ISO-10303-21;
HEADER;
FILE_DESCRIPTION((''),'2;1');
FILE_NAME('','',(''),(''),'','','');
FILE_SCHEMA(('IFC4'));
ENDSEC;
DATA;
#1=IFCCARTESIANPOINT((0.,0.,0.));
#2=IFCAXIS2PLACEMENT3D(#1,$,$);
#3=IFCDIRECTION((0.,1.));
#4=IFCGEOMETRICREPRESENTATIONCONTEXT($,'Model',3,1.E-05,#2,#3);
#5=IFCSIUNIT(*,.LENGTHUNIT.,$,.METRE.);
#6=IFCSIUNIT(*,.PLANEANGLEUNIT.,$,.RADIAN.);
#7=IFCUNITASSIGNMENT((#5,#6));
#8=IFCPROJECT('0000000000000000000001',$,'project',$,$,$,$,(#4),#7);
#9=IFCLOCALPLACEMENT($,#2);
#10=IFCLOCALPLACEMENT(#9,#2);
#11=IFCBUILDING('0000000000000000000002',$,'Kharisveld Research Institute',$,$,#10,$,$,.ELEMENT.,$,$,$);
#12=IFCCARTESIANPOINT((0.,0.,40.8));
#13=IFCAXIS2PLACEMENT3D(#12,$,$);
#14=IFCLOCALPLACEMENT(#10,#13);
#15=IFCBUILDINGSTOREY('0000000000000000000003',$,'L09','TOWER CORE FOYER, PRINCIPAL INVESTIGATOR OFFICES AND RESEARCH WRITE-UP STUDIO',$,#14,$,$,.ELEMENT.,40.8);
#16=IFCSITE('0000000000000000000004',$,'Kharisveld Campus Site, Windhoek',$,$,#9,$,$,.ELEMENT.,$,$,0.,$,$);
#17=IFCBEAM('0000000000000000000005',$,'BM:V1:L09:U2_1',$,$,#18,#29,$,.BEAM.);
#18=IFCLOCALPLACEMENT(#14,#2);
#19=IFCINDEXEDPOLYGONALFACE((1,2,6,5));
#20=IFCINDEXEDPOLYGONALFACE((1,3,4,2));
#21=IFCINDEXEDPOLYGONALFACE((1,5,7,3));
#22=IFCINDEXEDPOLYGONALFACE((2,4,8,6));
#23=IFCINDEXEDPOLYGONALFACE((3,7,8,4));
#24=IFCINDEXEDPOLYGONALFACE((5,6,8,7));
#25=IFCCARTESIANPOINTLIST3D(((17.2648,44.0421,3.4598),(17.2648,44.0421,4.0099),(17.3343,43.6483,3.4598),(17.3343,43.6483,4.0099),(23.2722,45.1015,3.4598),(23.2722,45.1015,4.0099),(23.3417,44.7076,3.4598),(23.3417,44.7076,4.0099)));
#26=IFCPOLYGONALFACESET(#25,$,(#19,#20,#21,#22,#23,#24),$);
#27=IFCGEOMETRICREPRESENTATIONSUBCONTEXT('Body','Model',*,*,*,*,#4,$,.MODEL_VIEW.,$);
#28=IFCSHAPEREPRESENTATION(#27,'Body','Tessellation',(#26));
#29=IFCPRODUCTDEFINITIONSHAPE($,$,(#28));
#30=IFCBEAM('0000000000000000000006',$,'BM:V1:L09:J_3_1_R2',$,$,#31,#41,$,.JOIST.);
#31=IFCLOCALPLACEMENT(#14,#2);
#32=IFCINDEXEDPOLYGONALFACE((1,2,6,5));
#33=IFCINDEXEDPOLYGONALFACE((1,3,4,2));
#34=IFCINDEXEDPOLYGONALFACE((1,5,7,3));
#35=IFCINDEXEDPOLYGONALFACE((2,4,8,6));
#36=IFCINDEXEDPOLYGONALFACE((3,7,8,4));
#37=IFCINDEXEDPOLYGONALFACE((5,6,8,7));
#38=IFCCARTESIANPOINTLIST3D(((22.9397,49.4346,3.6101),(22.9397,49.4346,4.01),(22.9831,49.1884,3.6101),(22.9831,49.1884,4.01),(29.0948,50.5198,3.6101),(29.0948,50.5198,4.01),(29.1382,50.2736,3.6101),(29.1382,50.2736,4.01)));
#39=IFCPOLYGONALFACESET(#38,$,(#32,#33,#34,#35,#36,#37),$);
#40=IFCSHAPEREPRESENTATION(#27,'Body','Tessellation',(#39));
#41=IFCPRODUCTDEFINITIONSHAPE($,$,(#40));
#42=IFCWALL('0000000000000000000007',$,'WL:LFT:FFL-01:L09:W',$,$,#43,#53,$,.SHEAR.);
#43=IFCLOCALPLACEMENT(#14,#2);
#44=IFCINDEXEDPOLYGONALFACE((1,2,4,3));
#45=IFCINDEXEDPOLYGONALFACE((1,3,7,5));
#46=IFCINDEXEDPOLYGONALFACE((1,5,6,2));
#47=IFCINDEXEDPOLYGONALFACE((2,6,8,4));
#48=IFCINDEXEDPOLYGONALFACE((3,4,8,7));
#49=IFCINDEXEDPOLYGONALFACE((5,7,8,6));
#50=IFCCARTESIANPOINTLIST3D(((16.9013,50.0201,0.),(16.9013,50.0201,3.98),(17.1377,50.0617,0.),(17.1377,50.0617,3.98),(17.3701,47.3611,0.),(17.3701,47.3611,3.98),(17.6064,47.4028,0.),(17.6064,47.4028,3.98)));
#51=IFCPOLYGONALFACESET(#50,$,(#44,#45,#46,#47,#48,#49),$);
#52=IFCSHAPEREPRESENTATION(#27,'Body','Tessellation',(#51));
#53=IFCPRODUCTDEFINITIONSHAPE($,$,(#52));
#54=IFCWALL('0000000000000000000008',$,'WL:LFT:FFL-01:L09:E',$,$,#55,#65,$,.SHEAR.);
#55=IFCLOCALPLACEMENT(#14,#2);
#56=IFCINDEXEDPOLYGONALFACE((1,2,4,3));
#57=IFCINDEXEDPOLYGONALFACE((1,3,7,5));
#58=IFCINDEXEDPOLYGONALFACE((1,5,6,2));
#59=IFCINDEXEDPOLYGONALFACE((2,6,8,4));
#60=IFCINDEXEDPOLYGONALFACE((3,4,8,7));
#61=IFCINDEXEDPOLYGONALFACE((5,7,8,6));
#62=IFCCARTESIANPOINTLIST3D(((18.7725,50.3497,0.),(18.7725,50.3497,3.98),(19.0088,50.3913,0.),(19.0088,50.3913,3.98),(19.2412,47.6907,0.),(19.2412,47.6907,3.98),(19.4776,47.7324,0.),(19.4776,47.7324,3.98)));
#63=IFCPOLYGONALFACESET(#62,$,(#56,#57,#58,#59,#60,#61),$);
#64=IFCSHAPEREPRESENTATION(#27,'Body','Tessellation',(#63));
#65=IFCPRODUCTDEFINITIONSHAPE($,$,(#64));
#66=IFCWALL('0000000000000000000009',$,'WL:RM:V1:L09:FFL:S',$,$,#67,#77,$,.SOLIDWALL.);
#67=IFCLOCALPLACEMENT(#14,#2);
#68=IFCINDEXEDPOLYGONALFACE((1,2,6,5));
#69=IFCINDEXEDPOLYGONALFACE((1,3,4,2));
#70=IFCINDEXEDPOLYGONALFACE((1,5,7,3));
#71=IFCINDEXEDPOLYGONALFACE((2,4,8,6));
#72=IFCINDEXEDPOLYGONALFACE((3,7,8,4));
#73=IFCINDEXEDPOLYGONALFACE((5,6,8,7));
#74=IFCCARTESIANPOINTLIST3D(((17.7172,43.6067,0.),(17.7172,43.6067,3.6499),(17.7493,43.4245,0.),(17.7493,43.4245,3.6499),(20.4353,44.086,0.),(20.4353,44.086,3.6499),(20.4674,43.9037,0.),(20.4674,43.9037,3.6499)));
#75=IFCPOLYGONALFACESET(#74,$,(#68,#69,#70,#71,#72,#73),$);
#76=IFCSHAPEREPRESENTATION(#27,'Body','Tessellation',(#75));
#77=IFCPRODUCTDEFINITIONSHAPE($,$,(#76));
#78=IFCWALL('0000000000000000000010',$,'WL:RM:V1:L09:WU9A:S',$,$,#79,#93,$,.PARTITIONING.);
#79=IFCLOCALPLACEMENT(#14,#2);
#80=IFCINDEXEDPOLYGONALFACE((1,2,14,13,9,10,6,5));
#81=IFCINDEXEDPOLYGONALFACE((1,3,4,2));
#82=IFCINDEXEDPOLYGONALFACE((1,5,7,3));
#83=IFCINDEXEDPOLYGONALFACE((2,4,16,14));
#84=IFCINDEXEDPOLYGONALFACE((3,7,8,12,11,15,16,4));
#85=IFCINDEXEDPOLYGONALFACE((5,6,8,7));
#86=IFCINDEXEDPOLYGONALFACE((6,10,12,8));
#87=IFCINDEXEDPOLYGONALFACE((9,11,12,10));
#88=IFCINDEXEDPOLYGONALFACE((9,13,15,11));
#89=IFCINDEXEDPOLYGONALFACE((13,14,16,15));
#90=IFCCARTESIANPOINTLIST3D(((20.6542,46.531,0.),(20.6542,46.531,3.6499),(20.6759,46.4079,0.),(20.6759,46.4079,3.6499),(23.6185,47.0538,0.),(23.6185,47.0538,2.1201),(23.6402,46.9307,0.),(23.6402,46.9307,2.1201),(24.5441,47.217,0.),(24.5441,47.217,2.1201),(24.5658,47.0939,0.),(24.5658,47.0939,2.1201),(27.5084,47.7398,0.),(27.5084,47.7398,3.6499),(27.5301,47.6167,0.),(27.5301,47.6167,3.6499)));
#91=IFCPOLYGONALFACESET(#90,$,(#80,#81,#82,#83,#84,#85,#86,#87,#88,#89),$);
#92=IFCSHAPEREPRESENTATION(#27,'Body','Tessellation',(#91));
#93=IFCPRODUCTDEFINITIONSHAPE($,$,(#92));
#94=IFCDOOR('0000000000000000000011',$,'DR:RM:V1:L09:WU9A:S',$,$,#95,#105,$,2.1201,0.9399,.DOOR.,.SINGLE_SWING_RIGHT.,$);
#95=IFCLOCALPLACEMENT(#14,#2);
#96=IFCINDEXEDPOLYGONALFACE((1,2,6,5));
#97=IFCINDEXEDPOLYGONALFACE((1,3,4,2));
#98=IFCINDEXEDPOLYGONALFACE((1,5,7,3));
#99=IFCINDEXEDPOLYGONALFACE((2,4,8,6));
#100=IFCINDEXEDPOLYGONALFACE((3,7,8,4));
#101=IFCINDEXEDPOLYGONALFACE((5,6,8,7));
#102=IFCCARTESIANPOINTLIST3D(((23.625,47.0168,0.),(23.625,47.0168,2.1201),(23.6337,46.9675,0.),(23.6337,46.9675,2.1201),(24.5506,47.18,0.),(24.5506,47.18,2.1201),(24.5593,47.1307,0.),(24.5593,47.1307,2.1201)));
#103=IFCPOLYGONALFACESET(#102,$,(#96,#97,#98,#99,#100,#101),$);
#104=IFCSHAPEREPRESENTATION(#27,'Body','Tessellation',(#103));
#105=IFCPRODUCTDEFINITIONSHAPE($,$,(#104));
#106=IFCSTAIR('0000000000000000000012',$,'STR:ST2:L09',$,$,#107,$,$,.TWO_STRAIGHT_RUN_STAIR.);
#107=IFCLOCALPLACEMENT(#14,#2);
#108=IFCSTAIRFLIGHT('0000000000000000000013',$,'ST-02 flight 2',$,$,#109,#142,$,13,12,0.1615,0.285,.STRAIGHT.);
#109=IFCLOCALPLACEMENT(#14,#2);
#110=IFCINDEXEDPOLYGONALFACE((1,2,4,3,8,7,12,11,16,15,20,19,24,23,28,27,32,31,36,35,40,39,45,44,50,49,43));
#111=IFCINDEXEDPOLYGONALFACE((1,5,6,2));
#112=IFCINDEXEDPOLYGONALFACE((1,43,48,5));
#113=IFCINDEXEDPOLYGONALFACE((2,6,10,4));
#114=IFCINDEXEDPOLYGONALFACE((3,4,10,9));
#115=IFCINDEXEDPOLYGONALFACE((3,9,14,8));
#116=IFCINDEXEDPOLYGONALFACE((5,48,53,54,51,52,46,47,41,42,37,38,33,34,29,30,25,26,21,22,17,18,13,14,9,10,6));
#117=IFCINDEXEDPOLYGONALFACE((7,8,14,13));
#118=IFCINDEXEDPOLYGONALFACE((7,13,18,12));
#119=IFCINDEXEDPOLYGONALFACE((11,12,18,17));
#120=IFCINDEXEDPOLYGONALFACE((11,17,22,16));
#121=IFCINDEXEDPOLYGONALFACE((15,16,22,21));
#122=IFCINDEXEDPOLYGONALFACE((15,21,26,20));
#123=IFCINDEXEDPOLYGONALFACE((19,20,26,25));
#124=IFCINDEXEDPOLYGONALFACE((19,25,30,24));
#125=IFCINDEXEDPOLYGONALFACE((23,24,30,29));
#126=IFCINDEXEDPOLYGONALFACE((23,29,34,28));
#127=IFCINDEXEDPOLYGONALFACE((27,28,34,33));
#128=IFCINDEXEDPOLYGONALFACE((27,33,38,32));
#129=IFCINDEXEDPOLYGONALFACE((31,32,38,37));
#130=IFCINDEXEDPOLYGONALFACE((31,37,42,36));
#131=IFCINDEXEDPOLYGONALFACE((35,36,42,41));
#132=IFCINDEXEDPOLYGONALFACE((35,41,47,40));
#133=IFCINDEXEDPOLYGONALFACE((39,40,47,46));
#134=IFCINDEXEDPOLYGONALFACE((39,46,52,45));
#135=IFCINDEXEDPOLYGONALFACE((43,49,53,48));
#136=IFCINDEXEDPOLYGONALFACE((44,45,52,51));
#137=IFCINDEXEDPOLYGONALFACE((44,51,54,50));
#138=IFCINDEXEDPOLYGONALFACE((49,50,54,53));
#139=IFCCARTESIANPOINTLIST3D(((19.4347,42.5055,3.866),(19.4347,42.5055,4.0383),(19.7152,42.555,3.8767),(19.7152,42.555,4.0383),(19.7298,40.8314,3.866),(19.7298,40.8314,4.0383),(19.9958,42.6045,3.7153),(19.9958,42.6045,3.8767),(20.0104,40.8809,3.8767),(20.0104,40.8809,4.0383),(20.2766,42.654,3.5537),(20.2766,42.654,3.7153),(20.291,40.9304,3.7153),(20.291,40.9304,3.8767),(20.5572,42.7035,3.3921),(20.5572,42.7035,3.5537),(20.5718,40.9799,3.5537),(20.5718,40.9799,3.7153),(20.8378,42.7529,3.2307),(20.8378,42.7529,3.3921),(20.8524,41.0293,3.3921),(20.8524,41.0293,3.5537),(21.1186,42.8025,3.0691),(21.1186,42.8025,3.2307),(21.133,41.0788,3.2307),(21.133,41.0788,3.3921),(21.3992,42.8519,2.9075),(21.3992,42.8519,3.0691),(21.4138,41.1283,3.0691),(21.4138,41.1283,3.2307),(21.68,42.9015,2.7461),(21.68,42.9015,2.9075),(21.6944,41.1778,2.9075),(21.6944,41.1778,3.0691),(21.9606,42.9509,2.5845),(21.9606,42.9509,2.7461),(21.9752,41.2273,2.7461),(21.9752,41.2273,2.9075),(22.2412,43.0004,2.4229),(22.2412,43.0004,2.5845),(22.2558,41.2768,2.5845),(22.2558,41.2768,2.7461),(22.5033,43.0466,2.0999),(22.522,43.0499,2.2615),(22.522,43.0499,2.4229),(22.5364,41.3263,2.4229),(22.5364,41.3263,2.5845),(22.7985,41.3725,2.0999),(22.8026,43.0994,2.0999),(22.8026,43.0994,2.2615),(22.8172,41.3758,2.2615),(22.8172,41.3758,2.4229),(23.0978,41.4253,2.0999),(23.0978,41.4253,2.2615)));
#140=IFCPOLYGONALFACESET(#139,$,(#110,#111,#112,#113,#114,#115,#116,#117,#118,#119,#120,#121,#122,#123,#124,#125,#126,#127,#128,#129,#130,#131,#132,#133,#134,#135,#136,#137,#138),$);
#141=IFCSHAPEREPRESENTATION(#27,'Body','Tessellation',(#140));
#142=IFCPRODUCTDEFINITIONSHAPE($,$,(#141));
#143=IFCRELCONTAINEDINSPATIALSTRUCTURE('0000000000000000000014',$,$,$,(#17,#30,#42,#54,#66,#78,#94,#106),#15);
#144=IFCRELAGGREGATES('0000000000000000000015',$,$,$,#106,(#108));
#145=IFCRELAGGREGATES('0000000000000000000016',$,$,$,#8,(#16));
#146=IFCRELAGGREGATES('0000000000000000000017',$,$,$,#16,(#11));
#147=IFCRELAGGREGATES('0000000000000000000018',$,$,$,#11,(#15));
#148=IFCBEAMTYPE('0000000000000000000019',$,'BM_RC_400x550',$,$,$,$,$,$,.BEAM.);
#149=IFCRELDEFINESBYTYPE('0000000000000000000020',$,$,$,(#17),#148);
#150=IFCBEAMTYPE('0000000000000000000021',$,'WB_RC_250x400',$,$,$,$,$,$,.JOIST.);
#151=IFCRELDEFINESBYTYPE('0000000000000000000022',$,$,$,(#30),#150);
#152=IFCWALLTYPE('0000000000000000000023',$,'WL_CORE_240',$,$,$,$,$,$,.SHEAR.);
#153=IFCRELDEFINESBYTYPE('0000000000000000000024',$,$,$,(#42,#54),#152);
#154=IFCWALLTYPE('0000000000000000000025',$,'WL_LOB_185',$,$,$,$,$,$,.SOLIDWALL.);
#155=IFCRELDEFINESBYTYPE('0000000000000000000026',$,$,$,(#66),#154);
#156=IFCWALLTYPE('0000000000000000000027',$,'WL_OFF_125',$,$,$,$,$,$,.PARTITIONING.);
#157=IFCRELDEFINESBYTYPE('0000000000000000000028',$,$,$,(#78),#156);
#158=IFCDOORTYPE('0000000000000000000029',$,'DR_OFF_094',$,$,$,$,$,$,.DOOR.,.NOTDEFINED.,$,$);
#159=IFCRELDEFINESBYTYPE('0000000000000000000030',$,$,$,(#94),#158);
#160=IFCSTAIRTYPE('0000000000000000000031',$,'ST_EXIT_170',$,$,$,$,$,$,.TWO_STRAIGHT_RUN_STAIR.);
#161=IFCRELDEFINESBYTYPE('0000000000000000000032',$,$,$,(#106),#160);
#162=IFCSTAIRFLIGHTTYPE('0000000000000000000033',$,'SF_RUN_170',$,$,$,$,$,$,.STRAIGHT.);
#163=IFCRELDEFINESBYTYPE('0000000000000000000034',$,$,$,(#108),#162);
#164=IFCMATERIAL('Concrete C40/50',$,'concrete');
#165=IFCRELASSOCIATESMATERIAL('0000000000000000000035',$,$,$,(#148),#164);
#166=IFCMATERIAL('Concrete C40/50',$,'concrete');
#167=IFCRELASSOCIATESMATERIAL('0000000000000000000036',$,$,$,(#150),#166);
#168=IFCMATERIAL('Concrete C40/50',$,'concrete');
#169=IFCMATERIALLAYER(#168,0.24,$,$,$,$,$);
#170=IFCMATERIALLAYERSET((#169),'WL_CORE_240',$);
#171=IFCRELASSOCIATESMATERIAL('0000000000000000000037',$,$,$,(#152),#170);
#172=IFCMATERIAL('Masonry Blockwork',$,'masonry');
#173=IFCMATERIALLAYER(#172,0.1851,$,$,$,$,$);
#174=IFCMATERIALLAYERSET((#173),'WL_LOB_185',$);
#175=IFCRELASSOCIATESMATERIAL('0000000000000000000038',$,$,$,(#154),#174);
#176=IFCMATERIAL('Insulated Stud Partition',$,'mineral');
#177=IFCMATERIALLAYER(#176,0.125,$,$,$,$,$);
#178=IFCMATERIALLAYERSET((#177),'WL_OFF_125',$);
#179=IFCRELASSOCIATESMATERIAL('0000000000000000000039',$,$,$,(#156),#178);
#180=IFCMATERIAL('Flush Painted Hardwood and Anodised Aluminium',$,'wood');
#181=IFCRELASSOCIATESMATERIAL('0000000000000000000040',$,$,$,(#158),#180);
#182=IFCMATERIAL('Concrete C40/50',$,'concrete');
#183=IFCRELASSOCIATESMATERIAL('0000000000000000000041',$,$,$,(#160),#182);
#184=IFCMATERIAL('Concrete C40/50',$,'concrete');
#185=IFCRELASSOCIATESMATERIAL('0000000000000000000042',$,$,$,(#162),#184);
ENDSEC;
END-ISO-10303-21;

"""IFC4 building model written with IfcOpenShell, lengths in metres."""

from ifc_helpers import new_model, si_unit, direction, frame, frame_2d, origin, origin_2d, place, context, subcontext, project, spatial, polyline, rectangle, outline, extrude, material, layer, layer_set, material_profile, profile_set, type_object, element, fill, aggregate, save


model = new_model("IFC4")

# Units and contexts
model_context = context("Model", 3, precision=1e-05, world=origin(), true_north=direction((0.0, 1.0)))
body_context = subcontext(model_context, "Body", "Model", "MODEL_VIEW")
ifc_project = project(units=[si_unit("LENGTHUNIT", "METRE"), si_unit("PLANEANGLEUNIT", "RADIAN")], contexts=[model_context])

# Site, building, storey
site_placement = place(None, origin())
site = spatial("IfcSite", under=ifc_project, at=site_placement, Name="Kharisveld Campus Site, Windhoek", CompositionType="ELEMENT", RefElevation=0.0)
building_placement = place(site_placement, origin())
building = spatial("IfcBuilding", under=site, at=building_placement, Name="Kharisveld Research Institute", CompositionType="ELEMENT")
storey_placement = place(building_placement, frame((0.0, 0.0, 40.8)))
storey = spatial("IfcBuildingStorey", under=building, at=storey_placement, Name="L09", Description="TOWER CORE FOYER, PRINCIPAL INVESTIGATOR OFFICES AND RESEARCH WRITE-UP STUDIO", CompositionType="ELEMENT", Elevation=40.8)

# Beams
ifc_material_1 = material(Name="Concrete C40/50", Category="concrete")
ifc_material_profile_1 = material_profile(ifc_material_1, rectangle(XDim=0.3999, YDim=0.55, at=origin_2d()))
ifc_profile_set_1 = profile_set([ifc_material_profile_1], Name="Concrete C40/50")
beam_type_1 = type_object("IfcBeamType", Name="BM_RC_400x550", PredefinedType="BEAM", material=ifc_profile_set_1)
beam_1_placement = place(storey_placement, frame((17.2996, 43.8452, 3.7349), z_axis=(0.984806, 0.17366, 0.0), x_axis=(-0.17366, 0.984806, 0.0)))
element("IfcBeam", 1, at=beam_1_placement, inside=storey, type_object=beam_type_1, Name="BM:V1:L09:U2_1", PredefinedType="BEAM", context=body_context, shape_type="SweptSolid", body=[
    extrude(rectangle(XDim=0.3999, YDim=0.55, at=origin_2d()), origin(), (0.0, 0.0, 1.0), 6.1001),
])
ifc_material_2 = material(Name="Concrete C40/50", Category="concrete")
ifc_material_profile_2 = material_profile(ifc_material_2, rectangle(XDim=0.25, YDim=0.3999, at=origin_2d()))
ifc_profile_set_2 = profile_set([ifc_material_profile_2], Name="Concrete C40/50")
beam_type_2 = type_object("IfcBeamType", Name="WB_RC_250x400", PredefinedType="JOIST", material=ifc_profile_set_2)
beam_2_placement = place(storey_placement, frame((22.9614, 49.3115, 3.8101), z_axis=(0.98481, 0.173634, 0.0), x_axis=(-0.173634, 0.98481, 0.0)))
element("IfcBeam", 2, at=beam_2_placement, inside=storey, type_object=beam_type_2, Name="BM:V1:L09:J_3_1_R2", PredefinedType="JOIST", context=body_context, shape_type="SweptSolid", body=[
    extrude(rectangle(XDim=0.25, YDim=0.3999, at=origin_2d()), origin(), (0.0, 0.0, 1.0), 6.25),
])

# Walls
ifc_material_3 = material(Name="Concrete C40/50", Category="concrete")
ifc_layer_1 = layer(ifc_material_3, 0.24)
ifc_layer_set_1 = layer_set([ifc_layer_1], Name="WL_CORE_240")
wall_type_1 = type_object("IfcWallType", Name="WL_CORE_240", PredefinedType="SHEAR", material=ifc_layer_set_1)
for number, where, z_axis, x_axis, name in (
    (3, (17.4883, 47.3818, 0.0), (0.0, 0.0, 1.0), (-0.173615, 0.984814, 0.0), "WL:LFT:FFL-01:L09:W"),
    (4, (18.8906, 50.3706, 0.0), (0.0, 0.0, 1.0), (0.173615, -0.984814, 0.0), "WL:LFT:FFL-01:L09:E"),
):
    element("IfcWall", number, at=place(storey_placement, frame(where, z_axis=z_axis, x_axis=x_axis)), inside=storey, type_object=wall_type_1, Name=name, PredefinedType="SHEAR", context=body_context, shape_type="SweptSolid", body=[
        extrude(rectangle(XDim=2.7, YDim=0.24, at=frame_2d((1.3501, 0.0))), origin(), (0.0, 0.0, 1.0), 3.98),
    ])

# Wall
ifc_material_4 = material(Name="Masonry Blockwork", Category="masonry")
ifc_layer_2 = layer(ifc_material_4, 0.1851)
ifc_layer_set_2 = layer_set([ifc_layer_2], Name="WL_LOB_185")
wall_type_2 = type_object("IfcWallType", Name="WL_LOB_185", PredefinedType="SOLIDWALL", material=ifc_layer_set_2)
wall_1_placement = place(storey_placement, frame((17.7334, 43.5156, 0.0), z_axis=(0.0, 0.0, 1.0), x_axis=(0.984808, 0.173644, 0.0)))
element("IfcWall", 5, at=wall_1_placement, inside=storey, type_object=wall_type_2, Name="WL:RM:V1:L09:FFL:S", PredefinedType="SOLIDWALL", context=body_context, shape_type="SweptSolid", body=[
    extrude(rectangle(XDim=2.76, YDim=0.1851, at=frame_2d((1.3799, 0.0))), origin(), (0.0, 0.0, 1.0), 3.6499),
])

# Wall, opening, door
ifc_material_5 = material(Name="Insulated Stud Partition", Category="mineral")
ifc_layer_3 = layer(ifc_material_5, 0.125)
ifc_layer_set_3 = layer_set([ifc_layer_3], Name="WL_OFF_125")
wall_type_3 = type_object("IfcWallType", Name="WL_OFF_125", PredefinedType="PARTITIONING", material=ifc_layer_set_3)
wall_2_placement = place(storey_placement, frame((20.665, 46.4695, 0.0), z_axis=(0.0, 0.0, 1.0), x_axis=(0.984804, 0.173669, 0.0)))
wall_2 = element("IfcWall", 6, at=wall_2_placement, inside=storey, type_object=wall_type_3, Name="WL:RM:V1:L09:WU9A:S", PredefinedType="PARTITIONING", context=body_context, shape_type="SweptSolid", body=[
    extrude(rectangle(XDim=6.96, YDim=0.125, at=frame_2d((3.48, 0.0))), origin(), (0.0, 0.0, 1.0), 3.6499),
])
opening_1_placement = place(wall_2_placement, frame((3.01, 0.0, 0.0)))
opening_1 = element("IfcOpeningElement", 7, at=opening_1_placement, cuts=wall_2, PredefinedType="OPENING", context=body_context, shape_type="SweptSolid", body=[
    extrude(rectangle(XDim=0.9399, YDim=2.1201, at=frame_2d((0.47, 1.0601))), frame((0.0, 0.0625, 0.0), z_axis=(0.0, -1.0, 0.0), x_axis=(1.0, 0.0, 0.0)), (0.0, 0.0, 1.0), 0.125),
])
ifc_material_6 = material(Name="Flush Painted Hardwood and Anodised Aluminium", Category="wood")
door_type_1 = type_object("IfcDoorType", Name="DR_OFF_094", OperationType="NOTDEFINED", PredefinedType="DOOR", material=ifc_material_6)
door_1_placement = place(opening_1_placement, origin())
door_1 = element("IfcDoor", 8, at=door_1_placement, inside=storey, type_object=door_type_1, Name="DR:RM:V1:L09:WU9A:S", OperationType="SINGLE_SWING_RIGHT", OverallHeight=2.1201, OverallWidth=0.9399, PredefinedType="DOOR", context=body_context, shape_type="SweptSolid", body=[
    extrude(rectangle(XDim=0.9399, YDim=2.1201, at=frame_2d((0.47, 1.0601))), frame((0.0, 0.0249, 0.0), z_axis=(0.0, -1.0, 0.0), x_axis=(1.0, 0.0, 0.0)), (0.0, 0.0, 1.0), 0.05),
])
fill(opening_1, door_1)

# Stair, stair flight
ifc_material_7 = material(Name="Concrete C40/50", Category="concrete")
stair_type = type_object("IfcStairType", Name="ST_EXIT_170", PredefinedType="TWO_STRAIGHT_RUN_STAIR", material=ifc_material_7)
stair_placement = place(storey_placement, origin())
stair = element("IfcStair", 9, at=stair_placement, inside=storey, type_object=stair_type, Name="STR:ST2:L09", PredefinedType="TWO_STRAIGHT_RUN_STAIR")
ifc_material_8 = material(Name="Concrete C40/50", Category="concrete")
stair_flight_type = type_object("IfcStairFlightType", Name="SF_RUN_170", PredefinedType="STRAIGHT", material=ifc_material_8)
stair_flight_placement = place(storey_placement, frame((22.9502, 42.2625, 2.0999), z_axis=(0.0, 0.0, 1.0), x_axis=(-0.984808, -0.173648, 0.0)))
stair_flight = element("IfcStairFlight", 10, at=stair_flight_placement, type_object=stair_flight_type, Name="ST-02 flight 2", NumberOfRisers=13, NumberOfTreads=12, PredefinedType="STRAIGHT", RiserHeight=0.1615, TreadLength=0.285, context=body_context, shape_type="SweptSolid", body=[
    extrude(outline(polyline([(0.0, 0.0), (0.0, 0.1616), (0.2849, 0.1616), (0.2849, 0.323), (0.5701, 0.323), (0.5701, 0.4846), (0.855, 0.4846), (0.855, 0.6462), (1.1399, 0.6462), (1.1399, 0.8076), (1.425, 0.8076), (1.425, 0.9692), (1.71, 0.9692), (1.71, 1.1309), (1.9951, 1.1309), (1.9951, 1.2922), (2.28, 1.2922), (2.28, 1.4539), (2.5649, 1.4539), (2.5649, 1.6155), (2.8501, 1.6155), (2.8501, 1.7769), (3.135, 1.7769), (3.135, 1.9385), (3.4199, 1.9385), (3.4199, 2.1001), (3.4199, 1.7661), (0.304, 0.0), (0.0, 0.0)])), frame((0.0, 0.8501, 0.0), z_axis=(0.0, -1.0, 0.0), x_axis=(1.0, 0.0, 0.0)), (0.0, 0.0, 1.0), 1.7),
])
aggregate(stair, [stair_flight])

save(model, "model.ifc")
